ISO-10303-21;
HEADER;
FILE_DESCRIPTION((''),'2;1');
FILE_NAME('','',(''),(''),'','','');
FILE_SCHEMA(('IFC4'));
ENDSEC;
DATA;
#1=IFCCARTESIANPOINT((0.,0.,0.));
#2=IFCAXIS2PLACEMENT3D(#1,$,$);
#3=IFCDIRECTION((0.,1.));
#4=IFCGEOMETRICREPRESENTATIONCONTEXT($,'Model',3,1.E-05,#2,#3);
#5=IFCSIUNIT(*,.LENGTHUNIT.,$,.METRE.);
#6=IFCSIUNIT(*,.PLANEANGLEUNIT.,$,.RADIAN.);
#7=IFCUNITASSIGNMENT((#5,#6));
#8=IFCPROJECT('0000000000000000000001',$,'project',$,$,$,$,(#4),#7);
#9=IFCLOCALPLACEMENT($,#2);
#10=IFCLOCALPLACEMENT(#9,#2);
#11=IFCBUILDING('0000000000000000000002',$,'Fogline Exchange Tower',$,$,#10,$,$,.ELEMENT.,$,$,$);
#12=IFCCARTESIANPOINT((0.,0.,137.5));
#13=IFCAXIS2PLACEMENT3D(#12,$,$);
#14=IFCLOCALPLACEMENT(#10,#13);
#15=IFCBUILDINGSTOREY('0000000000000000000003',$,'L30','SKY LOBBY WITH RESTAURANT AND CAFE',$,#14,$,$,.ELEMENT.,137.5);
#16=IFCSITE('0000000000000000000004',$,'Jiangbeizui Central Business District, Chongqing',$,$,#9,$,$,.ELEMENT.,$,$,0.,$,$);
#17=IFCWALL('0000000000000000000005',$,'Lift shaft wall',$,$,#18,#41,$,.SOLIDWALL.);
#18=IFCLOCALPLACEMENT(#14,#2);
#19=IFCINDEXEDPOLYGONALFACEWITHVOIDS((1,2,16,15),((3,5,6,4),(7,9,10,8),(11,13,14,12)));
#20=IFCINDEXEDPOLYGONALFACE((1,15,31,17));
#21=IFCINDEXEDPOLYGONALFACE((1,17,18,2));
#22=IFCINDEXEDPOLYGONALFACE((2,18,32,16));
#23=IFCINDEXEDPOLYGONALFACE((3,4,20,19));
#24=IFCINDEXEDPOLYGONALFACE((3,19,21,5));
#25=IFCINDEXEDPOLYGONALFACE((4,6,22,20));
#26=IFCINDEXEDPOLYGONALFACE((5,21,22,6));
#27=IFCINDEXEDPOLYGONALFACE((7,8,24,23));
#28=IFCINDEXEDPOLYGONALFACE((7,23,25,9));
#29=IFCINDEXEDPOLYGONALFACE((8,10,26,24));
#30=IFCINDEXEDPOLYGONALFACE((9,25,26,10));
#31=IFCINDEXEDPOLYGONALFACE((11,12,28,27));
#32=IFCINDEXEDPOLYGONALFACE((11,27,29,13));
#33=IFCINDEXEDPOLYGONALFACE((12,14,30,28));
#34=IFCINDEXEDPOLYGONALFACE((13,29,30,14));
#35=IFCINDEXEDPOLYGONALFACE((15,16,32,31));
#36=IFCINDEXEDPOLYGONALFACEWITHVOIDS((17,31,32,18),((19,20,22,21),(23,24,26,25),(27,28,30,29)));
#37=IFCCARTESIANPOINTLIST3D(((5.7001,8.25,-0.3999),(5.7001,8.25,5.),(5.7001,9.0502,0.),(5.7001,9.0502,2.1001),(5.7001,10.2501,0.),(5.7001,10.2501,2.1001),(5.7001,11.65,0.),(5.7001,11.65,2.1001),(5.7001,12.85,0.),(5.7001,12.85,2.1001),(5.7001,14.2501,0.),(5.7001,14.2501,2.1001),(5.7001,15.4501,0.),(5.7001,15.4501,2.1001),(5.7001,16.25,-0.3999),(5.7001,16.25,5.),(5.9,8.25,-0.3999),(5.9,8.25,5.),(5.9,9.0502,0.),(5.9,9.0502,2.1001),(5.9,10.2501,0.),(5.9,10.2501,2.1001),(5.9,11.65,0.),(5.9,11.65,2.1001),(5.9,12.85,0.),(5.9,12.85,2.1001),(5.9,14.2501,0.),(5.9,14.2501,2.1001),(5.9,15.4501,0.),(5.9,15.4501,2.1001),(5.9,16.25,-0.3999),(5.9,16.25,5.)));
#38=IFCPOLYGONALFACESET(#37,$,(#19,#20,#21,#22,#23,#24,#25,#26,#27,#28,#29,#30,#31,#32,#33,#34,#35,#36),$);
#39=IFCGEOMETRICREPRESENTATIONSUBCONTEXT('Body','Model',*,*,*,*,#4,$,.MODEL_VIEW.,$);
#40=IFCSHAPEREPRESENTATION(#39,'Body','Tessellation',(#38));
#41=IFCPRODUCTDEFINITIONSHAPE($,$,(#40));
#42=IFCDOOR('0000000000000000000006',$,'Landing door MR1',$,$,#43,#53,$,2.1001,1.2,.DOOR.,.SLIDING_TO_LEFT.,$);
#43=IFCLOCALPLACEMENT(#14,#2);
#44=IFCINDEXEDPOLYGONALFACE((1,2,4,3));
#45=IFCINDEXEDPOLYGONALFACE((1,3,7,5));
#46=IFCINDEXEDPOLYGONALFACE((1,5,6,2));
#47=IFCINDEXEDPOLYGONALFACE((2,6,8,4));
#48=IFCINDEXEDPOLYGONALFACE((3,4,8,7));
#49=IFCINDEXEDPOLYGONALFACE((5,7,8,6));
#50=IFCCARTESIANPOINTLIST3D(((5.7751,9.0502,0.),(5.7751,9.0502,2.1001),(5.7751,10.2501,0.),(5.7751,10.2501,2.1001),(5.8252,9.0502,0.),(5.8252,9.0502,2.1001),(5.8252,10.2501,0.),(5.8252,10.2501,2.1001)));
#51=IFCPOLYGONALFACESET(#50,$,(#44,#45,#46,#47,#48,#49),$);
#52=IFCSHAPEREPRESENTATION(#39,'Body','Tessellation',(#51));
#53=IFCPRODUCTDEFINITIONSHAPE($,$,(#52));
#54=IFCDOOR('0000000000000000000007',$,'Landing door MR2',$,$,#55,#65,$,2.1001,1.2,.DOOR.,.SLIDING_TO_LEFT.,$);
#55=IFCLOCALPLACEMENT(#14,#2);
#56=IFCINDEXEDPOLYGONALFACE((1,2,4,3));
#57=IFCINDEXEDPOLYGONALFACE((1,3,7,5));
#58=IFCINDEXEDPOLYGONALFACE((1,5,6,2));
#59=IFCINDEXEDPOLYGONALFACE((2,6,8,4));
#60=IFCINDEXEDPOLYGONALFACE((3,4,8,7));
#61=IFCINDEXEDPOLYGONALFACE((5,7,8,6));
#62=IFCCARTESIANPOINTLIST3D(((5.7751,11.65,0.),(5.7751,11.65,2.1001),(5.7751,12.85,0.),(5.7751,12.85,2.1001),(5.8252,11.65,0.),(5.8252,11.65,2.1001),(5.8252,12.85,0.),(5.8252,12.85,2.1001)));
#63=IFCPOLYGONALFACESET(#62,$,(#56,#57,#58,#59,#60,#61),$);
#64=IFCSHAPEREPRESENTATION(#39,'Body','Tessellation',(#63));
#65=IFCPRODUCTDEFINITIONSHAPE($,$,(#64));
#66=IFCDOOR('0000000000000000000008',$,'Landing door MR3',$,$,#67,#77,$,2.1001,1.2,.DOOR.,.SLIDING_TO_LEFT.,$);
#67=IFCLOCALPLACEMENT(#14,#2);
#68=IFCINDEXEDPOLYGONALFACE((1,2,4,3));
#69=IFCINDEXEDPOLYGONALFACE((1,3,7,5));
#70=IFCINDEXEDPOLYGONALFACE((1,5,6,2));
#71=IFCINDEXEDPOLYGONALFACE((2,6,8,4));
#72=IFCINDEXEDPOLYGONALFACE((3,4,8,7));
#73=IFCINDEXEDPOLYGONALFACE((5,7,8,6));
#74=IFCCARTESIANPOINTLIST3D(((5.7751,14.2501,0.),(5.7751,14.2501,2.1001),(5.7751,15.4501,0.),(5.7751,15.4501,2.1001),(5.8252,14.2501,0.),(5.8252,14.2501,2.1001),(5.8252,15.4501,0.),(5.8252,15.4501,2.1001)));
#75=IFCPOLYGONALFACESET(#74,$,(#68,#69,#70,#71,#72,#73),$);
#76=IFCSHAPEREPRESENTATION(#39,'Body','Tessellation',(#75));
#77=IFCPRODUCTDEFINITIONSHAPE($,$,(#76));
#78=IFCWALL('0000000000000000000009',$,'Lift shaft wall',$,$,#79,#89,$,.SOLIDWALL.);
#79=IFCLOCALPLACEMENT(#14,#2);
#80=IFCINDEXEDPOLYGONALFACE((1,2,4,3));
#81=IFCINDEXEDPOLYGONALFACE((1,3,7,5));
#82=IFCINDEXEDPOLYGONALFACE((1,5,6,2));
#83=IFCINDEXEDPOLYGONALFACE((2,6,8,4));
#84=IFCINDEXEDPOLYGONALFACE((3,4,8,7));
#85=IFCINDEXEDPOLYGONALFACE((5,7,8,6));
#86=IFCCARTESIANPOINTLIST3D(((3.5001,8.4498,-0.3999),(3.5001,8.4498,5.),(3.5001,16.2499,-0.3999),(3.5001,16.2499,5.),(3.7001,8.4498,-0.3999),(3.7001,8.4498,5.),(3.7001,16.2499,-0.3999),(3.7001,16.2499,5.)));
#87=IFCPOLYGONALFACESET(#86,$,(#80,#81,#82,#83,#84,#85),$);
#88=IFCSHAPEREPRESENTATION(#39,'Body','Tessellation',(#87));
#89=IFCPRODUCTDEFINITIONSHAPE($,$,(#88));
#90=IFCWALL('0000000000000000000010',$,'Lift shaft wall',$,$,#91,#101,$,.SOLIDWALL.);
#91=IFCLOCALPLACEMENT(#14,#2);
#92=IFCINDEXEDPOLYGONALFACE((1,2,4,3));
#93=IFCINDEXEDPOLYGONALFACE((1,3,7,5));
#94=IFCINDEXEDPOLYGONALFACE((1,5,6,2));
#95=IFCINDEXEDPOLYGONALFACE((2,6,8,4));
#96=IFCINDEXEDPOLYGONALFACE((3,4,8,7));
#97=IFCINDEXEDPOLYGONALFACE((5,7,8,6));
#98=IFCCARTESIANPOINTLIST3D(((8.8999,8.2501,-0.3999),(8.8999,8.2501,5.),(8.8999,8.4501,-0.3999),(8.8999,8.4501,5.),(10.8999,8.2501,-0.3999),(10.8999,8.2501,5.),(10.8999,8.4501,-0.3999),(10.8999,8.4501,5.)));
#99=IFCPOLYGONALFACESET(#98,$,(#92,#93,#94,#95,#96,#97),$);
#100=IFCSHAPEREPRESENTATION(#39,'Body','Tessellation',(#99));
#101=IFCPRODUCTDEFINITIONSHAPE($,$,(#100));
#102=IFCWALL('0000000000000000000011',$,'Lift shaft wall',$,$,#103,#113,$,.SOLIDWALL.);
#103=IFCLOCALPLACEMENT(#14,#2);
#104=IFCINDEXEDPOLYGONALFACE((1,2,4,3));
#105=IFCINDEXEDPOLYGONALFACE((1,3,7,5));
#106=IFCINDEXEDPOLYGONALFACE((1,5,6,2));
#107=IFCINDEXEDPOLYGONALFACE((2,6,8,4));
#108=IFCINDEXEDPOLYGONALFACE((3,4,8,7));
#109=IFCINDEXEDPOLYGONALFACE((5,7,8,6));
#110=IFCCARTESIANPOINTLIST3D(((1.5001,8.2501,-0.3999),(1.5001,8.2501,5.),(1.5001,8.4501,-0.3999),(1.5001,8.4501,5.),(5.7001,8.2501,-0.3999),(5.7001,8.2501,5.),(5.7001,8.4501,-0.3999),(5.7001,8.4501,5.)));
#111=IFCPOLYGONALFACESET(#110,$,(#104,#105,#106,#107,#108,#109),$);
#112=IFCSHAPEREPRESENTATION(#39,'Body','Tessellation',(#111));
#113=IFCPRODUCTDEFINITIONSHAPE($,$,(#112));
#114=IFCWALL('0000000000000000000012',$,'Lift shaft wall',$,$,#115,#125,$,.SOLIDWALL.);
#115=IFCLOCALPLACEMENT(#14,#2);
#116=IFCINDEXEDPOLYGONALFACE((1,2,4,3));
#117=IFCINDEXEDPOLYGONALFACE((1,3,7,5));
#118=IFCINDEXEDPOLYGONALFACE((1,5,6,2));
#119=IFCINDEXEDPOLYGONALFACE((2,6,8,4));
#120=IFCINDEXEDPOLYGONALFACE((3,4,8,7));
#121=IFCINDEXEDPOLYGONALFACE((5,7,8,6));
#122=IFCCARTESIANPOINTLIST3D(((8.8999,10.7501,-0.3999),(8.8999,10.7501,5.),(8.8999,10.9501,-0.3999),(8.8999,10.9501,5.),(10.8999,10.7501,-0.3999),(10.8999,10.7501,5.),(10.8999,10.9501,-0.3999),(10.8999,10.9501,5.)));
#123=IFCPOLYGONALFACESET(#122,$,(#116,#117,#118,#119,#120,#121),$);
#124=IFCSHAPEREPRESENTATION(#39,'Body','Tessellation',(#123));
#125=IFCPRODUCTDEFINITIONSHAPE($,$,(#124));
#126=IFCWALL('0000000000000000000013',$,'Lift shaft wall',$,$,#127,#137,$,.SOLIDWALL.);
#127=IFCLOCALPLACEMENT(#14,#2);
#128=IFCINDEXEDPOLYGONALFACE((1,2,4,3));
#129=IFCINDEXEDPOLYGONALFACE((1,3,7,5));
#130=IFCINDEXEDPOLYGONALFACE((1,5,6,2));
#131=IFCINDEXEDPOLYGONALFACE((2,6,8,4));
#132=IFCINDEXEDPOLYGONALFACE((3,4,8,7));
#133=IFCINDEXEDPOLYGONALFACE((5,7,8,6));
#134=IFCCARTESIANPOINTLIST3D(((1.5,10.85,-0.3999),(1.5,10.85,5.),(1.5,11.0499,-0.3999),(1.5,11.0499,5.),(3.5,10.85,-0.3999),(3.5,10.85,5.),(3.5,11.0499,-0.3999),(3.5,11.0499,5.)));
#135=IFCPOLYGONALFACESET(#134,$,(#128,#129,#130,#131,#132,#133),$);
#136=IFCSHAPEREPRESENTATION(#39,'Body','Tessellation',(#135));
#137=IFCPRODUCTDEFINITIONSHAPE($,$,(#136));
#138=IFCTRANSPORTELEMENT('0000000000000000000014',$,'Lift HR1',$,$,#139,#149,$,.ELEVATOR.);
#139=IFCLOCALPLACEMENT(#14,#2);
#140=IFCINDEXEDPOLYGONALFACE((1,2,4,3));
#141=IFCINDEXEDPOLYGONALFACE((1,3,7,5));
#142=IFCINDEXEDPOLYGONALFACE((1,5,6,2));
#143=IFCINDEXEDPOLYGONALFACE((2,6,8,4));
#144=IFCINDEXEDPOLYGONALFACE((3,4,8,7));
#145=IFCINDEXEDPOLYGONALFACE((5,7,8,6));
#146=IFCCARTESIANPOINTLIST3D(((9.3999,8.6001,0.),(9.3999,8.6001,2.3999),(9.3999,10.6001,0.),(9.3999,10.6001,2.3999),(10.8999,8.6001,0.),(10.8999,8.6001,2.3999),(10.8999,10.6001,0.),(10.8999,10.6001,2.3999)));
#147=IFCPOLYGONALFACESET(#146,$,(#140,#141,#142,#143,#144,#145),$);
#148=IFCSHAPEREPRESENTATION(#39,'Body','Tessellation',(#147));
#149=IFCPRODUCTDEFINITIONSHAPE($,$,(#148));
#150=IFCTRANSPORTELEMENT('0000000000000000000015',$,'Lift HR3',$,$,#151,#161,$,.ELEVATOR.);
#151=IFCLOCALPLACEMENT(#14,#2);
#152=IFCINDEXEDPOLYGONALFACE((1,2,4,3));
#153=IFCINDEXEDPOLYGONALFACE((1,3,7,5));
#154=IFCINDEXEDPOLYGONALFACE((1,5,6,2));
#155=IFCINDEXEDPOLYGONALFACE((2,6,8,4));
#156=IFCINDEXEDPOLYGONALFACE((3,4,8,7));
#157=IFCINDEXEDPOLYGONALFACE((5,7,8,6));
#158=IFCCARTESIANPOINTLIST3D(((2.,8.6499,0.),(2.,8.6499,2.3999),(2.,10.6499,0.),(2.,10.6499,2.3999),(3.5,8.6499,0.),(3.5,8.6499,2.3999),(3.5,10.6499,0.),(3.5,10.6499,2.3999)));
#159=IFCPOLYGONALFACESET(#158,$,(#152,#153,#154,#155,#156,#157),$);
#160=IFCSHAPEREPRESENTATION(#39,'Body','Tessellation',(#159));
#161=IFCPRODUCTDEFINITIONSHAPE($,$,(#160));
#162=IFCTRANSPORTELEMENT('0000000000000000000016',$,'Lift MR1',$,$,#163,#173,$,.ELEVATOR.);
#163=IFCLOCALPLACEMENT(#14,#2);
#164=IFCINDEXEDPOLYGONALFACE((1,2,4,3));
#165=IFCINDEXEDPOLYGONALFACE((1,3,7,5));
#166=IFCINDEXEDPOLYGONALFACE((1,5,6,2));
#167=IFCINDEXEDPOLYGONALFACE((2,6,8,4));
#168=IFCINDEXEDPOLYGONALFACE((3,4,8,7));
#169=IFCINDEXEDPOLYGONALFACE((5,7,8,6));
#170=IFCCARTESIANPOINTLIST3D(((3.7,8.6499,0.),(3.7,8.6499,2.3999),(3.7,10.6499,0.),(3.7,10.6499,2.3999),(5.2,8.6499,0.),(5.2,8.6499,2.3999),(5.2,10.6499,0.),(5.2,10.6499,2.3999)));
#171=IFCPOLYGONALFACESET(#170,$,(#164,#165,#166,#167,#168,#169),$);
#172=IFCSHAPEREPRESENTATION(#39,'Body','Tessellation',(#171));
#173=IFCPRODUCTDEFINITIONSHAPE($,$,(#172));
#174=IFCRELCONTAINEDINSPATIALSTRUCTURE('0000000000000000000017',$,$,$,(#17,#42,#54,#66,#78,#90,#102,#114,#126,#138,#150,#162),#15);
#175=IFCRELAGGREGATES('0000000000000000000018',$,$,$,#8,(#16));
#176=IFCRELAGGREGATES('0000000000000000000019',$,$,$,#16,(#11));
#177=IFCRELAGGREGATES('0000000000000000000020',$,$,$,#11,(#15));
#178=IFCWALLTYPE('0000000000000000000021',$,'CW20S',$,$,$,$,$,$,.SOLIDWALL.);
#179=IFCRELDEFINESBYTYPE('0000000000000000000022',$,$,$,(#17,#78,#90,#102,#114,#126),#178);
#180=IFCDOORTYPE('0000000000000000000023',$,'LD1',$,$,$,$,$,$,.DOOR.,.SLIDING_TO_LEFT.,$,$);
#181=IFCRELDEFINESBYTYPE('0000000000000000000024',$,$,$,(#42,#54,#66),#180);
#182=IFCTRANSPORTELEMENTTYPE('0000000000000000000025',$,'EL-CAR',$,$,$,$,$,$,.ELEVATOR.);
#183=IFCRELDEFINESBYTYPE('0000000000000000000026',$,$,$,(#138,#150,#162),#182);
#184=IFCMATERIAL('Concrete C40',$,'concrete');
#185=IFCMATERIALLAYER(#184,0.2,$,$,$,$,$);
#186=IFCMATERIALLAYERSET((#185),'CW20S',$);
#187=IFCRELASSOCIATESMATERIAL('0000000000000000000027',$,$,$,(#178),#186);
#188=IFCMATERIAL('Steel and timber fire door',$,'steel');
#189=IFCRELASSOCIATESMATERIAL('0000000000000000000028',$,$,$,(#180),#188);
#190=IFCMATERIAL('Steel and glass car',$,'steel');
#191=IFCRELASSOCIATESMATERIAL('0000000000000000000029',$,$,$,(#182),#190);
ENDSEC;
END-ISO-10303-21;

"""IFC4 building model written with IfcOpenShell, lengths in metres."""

from ifc_helpers import new_model, si_unit, direction, frame, frame_2d, origin, origin_2d, place, context, subcontext, project, spatial, rectangle, extrude, material, layer, layer_set, type_object, element, fill, save


model = new_model("IFC4")

# Units and contexts
model_context = context("Model", 3, precision=1e-05, world=origin(), true_north=direction((0.0, 1.0)))
body_context = subcontext(model_context, "Body", "Model", "MODEL_VIEW")
ifc_project = project(units=[si_unit("LENGTHUNIT", "METRE"), si_unit("PLANEANGLEUNIT", "RADIAN")], contexts=[model_context])

# Site, building, storey
site_placement = place(None, origin())
site = spatial("IfcSite", under=ifc_project, at=site_placement, Name="Jiangbeizui Central Business District, Chongqing", CompositionType="ELEMENT", RefElevation=0.0)
building_placement = place(site_placement, origin())
building = spatial("IfcBuilding", under=site, at=building_placement, Name="Fogline Exchange Tower", CompositionType="ELEMENT")
storey_placement = place(building_placement, frame((0.0, 0.0, 137.5)))
storey = spatial("IfcBuildingStorey", under=building, at=storey_placement, Name="L30", Description="SKY LOBBY WITH RESTAURANT AND CAFE", CompositionType="ELEMENT", Elevation=137.5)

# Shared definitions
ifc_material_1 = material(Name="Steel and timber fire door", Category="steel")
ifc_material_2 = material(Name="Concrete C40", Category="concrete")

# Wall, openings, doors
ifc_layer_1 = layer(ifc_material_2, 0.2)
ifc_layer_set_1 = layer_set([ifc_layer_1], Name="CW20S")
wall_type_1 = type_object("IfcWallType", Name="CW20S", PredefinedType="SOLIDWALL", material=ifc_layer_set_1)
door_type_1 = type_object("IfcDoorType", Name="LD1", OperationType="SLIDING_TO_LEFT", PredefinedType="DOOR", material=ifc_material_1)
wall_1_placement = place(storey_placement, frame((5.8, 8.25, -0.3999), z_axis=(0.0, 0.0, 1.0), x_axis=(0.0, 1.0, 0.0)))
wall_1 = element("IfcWall", 1, at=wall_1_placement, inside=storey, type_object=wall_type_1, Name="Lift shaft wall", PredefinedType="SOLIDWALL", context=body_context, shape_type="SweptSolid", body=[
    extrude(rectangle(XDim=8.0, YDim=0.2, at=frame_2d((4.0, 0.0))), origin(), (0.0, 0.0, 1.0), 5.3999),
])
opening_1_placement = place(wall_1_placement, frame((0.8, 0.0, 0.3999)))
opening_1 = element("IfcOpeningElement", 2, at=opening_1_placement, cuts=wall_1, PredefinedType="OPENING", context=body_context, shape_type="SweptSolid", body=[
    extrude(rectangle(XDim=1.2, YDim=2.1001, at=frame_2d((0.6001, 1.05))), frame((0.0, 0.1099, 0.0), z_axis=(0.0, -1.0, 0.0), x_axis=(1.0, 0.0, 0.0)), (0.0, 0.0, 1.0), 0.22),
])
opening_2_placement = place(wall_1_placement, frame((3.3999, 0.0, 0.3999)))
opening_2 = element("IfcOpeningElement", 3, at=opening_2_placement, cuts=wall_1, PredefinedType="OPENING", context=body_context, shape_type="SweptSolid", body=[
    extrude(rectangle(XDim=1.2, YDim=2.1001, at=frame_2d((0.6001, 1.05))), frame((0.0, 0.1099, 0.0), z_axis=(0.0, -1.0, 0.0), x_axis=(1.0, 0.0, 0.0)), (0.0, 0.0, 1.0), 0.22),
])
opening_3_placement = place(wall_1_placement, frame((6.0, 0.0, 0.3999)))
opening_3 = element("IfcOpeningElement", 4, at=opening_3_placement, cuts=wall_1, PredefinedType="OPENING", context=body_context, shape_type="SweptSolid", body=[
    extrude(rectangle(XDim=1.2, YDim=2.1001, at=frame_2d((0.6001, 1.05))), frame((0.0, 0.1099, 0.0), z_axis=(0.0, -1.0, 0.0), x_axis=(1.0, 0.0, 0.0)), (0.0, 0.0, 1.0), 0.22),
])
door_1_placement = place(opening_1_placement, origin())
door_1 = element("IfcDoor", 5, at=door_1_placement, inside=storey, type_object=door_type_1, Name="Landing door MR1", OperationType="SLIDING_TO_LEFT", OverallHeight=2.1001, OverallWidth=1.2, PredefinedType="DOOR", context=body_context, shape_type="SweptSolid", body=[
    extrude(rectangle(XDim=1.2, YDim=2.1001, at=frame_2d((0.6001, 1.05))), frame((0.0, 0.0249, 0.0), z_axis=(0.0, -1.0, 0.0), x_axis=(1.0, 0.0, 0.0)), (0.0, 0.0, 1.0), 0.05),
])
fill(opening_1, door_1)
door_2_placement = place(opening_2_placement, origin())
door_2 = element("IfcDoor", 6, at=door_2_placement, inside=storey, type_object=door_type_1, Name="Landing door MR2", OperationType="SLIDING_TO_LEFT", OverallHeight=2.1001, OverallWidth=1.2, PredefinedType="DOOR", context=body_context, shape_type="SweptSolid", body=[
    extrude(rectangle(XDim=1.2, YDim=2.1001, at=frame_2d((0.6001, 1.05))), frame((0.0, 0.0249, 0.0), z_axis=(0.0, -1.0, 0.0), x_axis=(1.0, 0.0, 0.0)), (0.0, 0.0, 1.0), 0.05),
])
fill(opening_2, door_2)
door_3_placement = place(opening_3_placement, origin())
door_3 = element("IfcDoor", 7, at=door_3_placement, inside=storey, type_object=door_type_1, Name="Landing door MR3", OperationType="SLIDING_TO_LEFT", OverallHeight=2.1001, OverallWidth=1.2, PredefinedType="DOOR", context=body_context, shape_type="SweptSolid", body=[
    extrude(rectangle(XDim=1.2, YDim=2.1001, at=frame_2d((0.6001, 1.05))), frame((0.0, 0.0249, 0.0), z_axis=(0.0, -1.0, 0.0), x_axis=(1.0, 0.0, 0.0)), (0.0, 0.0, 1.0), 0.05),
])
fill(opening_3, door_3)

# Walls
wall_2_placement = place(storey_placement, frame((3.6001, 8.45, -0.3999), z_axis=(0.0, 0.0, 1.0), x_axis=(0.0, 1.0, 0.0)))
element("IfcWall", 8, at=wall_2_placement, inside=storey, type_object=wall_type_1, Name="Lift shaft wall", PredefinedType="SOLIDWALL", context=body_context, shape_type="SweptSolid", body=[
    extrude(rectangle(XDim=7.8, YDim=0.2, at=frame_2d((3.8999, 0.0))), origin(), (0.0, 0.0, 1.0), 5.3999),
])
wall_3_placement = place(storey_placement, frame((8.8999, 8.3501, -0.3999), z_axis=(0.0, 0.0, 1.0), x_axis=(1.0, 0.0, 0.0)))
element("IfcWall", 9, at=wall_3_placement, inside=storey, type_object=wall_type_1, Name="Lift shaft wall", PredefinedType="SOLIDWALL", context=body_context, shape_type="SweptSolid", body=[
    extrude(rectangle(XDim=2.0, YDim=0.2, at=frame_2d((1.0, 0.0))), origin(), (0.0, 0.0, 1.0), 5.3999),
])
wall_4_placement = place(storey_placement, frame((1.5, 8.3501, -0.3999), z_axis=(0.0, 0.0, 1.0), x_axis=(1.0, 0.0, 0.0)))
element("IfcWall", 10, at=wall_4_placement, inside=storey, type_object=wall_type_1, Name="Lift shaft wall", PredefinedType="SOLIDWALL", context=body_context, shape_type="SweptSolid", body=[
    extrude(rectangle(XDim=4.2, YDim=0.2, at=frame_2d((2.1001, 0.0))), origin(), (0.0, 0.0, 1.0), 5.3999),
])
for number, where, z_axis, x_axis, name in (
    (11, (8.8999, 10.8501, -0.3999), (0.0, 0.0, 1.0), (1.0, 0.0, 0.0), "Lift shaft wall"),
    (12, (1.5, 10.95, -0.3999), (0.0, 0.0, 1.0), (1.0, 0.0, 0.0), "Lift shaft wall"),
):
    element("IfcWall", number, at=place(storey_placement, frame(where, z_axis=z_axis, x_axis=x_axis)), inside=storey, type_object=wall_type_1, Name=name, PredefinedType="SOLIDWALL", context=body_context, shape_type="SweptSolid", body=[
        extrude(rectangle(XDim=2.0, YDim=0.2, at=frame_2d((1.0, 0.0))), origin(), (0.0, 0.0, 1.0), 5.3999),
    ])

# Transport elements
ifc_material_3 = material(Name="Steel and glass car", Category="steel")
transport_element_type = type_object("IfcTransportElementType", Name="EL-CAR", PredefinedType="ELEVATOR", material=ifc_material_3)
for number, where, z_axis, x_axis, name in (
    (13, (10.1499, 9.6001, 0.0), (0.0, 0.0, 1.0), (1.0, 0.0, 0.0), "Lift HR1"),
    (14, (2.75, 9.6499, 0.0), (0.0, 0.0, 1.0), (1.0, 0.0, 0.0), "Lift HR3"),
    (15, (4.45, 9.6499, 0.0), (0.0, 0.0, 1.0), (1.0, 0.0, 0.0), "Lift MR1"),
):
    element("IfcTransportElement", number, at=place(storey_placement, frame(where, z_axis=z_axis, x_axis=x_axis)), inside=storey, type_object=transport_element_type, Name=name, PredefinedType="ELEVATOR", context=body_context, shape_type="SweptSolid", body=[
        extrude(rectangle(XDim=1.5, YDim=2.0, at=origin_2d()), origin(), (0.0, 0.0, 1.0), 2.3999),
    ])

save(model, "model.ifc")
